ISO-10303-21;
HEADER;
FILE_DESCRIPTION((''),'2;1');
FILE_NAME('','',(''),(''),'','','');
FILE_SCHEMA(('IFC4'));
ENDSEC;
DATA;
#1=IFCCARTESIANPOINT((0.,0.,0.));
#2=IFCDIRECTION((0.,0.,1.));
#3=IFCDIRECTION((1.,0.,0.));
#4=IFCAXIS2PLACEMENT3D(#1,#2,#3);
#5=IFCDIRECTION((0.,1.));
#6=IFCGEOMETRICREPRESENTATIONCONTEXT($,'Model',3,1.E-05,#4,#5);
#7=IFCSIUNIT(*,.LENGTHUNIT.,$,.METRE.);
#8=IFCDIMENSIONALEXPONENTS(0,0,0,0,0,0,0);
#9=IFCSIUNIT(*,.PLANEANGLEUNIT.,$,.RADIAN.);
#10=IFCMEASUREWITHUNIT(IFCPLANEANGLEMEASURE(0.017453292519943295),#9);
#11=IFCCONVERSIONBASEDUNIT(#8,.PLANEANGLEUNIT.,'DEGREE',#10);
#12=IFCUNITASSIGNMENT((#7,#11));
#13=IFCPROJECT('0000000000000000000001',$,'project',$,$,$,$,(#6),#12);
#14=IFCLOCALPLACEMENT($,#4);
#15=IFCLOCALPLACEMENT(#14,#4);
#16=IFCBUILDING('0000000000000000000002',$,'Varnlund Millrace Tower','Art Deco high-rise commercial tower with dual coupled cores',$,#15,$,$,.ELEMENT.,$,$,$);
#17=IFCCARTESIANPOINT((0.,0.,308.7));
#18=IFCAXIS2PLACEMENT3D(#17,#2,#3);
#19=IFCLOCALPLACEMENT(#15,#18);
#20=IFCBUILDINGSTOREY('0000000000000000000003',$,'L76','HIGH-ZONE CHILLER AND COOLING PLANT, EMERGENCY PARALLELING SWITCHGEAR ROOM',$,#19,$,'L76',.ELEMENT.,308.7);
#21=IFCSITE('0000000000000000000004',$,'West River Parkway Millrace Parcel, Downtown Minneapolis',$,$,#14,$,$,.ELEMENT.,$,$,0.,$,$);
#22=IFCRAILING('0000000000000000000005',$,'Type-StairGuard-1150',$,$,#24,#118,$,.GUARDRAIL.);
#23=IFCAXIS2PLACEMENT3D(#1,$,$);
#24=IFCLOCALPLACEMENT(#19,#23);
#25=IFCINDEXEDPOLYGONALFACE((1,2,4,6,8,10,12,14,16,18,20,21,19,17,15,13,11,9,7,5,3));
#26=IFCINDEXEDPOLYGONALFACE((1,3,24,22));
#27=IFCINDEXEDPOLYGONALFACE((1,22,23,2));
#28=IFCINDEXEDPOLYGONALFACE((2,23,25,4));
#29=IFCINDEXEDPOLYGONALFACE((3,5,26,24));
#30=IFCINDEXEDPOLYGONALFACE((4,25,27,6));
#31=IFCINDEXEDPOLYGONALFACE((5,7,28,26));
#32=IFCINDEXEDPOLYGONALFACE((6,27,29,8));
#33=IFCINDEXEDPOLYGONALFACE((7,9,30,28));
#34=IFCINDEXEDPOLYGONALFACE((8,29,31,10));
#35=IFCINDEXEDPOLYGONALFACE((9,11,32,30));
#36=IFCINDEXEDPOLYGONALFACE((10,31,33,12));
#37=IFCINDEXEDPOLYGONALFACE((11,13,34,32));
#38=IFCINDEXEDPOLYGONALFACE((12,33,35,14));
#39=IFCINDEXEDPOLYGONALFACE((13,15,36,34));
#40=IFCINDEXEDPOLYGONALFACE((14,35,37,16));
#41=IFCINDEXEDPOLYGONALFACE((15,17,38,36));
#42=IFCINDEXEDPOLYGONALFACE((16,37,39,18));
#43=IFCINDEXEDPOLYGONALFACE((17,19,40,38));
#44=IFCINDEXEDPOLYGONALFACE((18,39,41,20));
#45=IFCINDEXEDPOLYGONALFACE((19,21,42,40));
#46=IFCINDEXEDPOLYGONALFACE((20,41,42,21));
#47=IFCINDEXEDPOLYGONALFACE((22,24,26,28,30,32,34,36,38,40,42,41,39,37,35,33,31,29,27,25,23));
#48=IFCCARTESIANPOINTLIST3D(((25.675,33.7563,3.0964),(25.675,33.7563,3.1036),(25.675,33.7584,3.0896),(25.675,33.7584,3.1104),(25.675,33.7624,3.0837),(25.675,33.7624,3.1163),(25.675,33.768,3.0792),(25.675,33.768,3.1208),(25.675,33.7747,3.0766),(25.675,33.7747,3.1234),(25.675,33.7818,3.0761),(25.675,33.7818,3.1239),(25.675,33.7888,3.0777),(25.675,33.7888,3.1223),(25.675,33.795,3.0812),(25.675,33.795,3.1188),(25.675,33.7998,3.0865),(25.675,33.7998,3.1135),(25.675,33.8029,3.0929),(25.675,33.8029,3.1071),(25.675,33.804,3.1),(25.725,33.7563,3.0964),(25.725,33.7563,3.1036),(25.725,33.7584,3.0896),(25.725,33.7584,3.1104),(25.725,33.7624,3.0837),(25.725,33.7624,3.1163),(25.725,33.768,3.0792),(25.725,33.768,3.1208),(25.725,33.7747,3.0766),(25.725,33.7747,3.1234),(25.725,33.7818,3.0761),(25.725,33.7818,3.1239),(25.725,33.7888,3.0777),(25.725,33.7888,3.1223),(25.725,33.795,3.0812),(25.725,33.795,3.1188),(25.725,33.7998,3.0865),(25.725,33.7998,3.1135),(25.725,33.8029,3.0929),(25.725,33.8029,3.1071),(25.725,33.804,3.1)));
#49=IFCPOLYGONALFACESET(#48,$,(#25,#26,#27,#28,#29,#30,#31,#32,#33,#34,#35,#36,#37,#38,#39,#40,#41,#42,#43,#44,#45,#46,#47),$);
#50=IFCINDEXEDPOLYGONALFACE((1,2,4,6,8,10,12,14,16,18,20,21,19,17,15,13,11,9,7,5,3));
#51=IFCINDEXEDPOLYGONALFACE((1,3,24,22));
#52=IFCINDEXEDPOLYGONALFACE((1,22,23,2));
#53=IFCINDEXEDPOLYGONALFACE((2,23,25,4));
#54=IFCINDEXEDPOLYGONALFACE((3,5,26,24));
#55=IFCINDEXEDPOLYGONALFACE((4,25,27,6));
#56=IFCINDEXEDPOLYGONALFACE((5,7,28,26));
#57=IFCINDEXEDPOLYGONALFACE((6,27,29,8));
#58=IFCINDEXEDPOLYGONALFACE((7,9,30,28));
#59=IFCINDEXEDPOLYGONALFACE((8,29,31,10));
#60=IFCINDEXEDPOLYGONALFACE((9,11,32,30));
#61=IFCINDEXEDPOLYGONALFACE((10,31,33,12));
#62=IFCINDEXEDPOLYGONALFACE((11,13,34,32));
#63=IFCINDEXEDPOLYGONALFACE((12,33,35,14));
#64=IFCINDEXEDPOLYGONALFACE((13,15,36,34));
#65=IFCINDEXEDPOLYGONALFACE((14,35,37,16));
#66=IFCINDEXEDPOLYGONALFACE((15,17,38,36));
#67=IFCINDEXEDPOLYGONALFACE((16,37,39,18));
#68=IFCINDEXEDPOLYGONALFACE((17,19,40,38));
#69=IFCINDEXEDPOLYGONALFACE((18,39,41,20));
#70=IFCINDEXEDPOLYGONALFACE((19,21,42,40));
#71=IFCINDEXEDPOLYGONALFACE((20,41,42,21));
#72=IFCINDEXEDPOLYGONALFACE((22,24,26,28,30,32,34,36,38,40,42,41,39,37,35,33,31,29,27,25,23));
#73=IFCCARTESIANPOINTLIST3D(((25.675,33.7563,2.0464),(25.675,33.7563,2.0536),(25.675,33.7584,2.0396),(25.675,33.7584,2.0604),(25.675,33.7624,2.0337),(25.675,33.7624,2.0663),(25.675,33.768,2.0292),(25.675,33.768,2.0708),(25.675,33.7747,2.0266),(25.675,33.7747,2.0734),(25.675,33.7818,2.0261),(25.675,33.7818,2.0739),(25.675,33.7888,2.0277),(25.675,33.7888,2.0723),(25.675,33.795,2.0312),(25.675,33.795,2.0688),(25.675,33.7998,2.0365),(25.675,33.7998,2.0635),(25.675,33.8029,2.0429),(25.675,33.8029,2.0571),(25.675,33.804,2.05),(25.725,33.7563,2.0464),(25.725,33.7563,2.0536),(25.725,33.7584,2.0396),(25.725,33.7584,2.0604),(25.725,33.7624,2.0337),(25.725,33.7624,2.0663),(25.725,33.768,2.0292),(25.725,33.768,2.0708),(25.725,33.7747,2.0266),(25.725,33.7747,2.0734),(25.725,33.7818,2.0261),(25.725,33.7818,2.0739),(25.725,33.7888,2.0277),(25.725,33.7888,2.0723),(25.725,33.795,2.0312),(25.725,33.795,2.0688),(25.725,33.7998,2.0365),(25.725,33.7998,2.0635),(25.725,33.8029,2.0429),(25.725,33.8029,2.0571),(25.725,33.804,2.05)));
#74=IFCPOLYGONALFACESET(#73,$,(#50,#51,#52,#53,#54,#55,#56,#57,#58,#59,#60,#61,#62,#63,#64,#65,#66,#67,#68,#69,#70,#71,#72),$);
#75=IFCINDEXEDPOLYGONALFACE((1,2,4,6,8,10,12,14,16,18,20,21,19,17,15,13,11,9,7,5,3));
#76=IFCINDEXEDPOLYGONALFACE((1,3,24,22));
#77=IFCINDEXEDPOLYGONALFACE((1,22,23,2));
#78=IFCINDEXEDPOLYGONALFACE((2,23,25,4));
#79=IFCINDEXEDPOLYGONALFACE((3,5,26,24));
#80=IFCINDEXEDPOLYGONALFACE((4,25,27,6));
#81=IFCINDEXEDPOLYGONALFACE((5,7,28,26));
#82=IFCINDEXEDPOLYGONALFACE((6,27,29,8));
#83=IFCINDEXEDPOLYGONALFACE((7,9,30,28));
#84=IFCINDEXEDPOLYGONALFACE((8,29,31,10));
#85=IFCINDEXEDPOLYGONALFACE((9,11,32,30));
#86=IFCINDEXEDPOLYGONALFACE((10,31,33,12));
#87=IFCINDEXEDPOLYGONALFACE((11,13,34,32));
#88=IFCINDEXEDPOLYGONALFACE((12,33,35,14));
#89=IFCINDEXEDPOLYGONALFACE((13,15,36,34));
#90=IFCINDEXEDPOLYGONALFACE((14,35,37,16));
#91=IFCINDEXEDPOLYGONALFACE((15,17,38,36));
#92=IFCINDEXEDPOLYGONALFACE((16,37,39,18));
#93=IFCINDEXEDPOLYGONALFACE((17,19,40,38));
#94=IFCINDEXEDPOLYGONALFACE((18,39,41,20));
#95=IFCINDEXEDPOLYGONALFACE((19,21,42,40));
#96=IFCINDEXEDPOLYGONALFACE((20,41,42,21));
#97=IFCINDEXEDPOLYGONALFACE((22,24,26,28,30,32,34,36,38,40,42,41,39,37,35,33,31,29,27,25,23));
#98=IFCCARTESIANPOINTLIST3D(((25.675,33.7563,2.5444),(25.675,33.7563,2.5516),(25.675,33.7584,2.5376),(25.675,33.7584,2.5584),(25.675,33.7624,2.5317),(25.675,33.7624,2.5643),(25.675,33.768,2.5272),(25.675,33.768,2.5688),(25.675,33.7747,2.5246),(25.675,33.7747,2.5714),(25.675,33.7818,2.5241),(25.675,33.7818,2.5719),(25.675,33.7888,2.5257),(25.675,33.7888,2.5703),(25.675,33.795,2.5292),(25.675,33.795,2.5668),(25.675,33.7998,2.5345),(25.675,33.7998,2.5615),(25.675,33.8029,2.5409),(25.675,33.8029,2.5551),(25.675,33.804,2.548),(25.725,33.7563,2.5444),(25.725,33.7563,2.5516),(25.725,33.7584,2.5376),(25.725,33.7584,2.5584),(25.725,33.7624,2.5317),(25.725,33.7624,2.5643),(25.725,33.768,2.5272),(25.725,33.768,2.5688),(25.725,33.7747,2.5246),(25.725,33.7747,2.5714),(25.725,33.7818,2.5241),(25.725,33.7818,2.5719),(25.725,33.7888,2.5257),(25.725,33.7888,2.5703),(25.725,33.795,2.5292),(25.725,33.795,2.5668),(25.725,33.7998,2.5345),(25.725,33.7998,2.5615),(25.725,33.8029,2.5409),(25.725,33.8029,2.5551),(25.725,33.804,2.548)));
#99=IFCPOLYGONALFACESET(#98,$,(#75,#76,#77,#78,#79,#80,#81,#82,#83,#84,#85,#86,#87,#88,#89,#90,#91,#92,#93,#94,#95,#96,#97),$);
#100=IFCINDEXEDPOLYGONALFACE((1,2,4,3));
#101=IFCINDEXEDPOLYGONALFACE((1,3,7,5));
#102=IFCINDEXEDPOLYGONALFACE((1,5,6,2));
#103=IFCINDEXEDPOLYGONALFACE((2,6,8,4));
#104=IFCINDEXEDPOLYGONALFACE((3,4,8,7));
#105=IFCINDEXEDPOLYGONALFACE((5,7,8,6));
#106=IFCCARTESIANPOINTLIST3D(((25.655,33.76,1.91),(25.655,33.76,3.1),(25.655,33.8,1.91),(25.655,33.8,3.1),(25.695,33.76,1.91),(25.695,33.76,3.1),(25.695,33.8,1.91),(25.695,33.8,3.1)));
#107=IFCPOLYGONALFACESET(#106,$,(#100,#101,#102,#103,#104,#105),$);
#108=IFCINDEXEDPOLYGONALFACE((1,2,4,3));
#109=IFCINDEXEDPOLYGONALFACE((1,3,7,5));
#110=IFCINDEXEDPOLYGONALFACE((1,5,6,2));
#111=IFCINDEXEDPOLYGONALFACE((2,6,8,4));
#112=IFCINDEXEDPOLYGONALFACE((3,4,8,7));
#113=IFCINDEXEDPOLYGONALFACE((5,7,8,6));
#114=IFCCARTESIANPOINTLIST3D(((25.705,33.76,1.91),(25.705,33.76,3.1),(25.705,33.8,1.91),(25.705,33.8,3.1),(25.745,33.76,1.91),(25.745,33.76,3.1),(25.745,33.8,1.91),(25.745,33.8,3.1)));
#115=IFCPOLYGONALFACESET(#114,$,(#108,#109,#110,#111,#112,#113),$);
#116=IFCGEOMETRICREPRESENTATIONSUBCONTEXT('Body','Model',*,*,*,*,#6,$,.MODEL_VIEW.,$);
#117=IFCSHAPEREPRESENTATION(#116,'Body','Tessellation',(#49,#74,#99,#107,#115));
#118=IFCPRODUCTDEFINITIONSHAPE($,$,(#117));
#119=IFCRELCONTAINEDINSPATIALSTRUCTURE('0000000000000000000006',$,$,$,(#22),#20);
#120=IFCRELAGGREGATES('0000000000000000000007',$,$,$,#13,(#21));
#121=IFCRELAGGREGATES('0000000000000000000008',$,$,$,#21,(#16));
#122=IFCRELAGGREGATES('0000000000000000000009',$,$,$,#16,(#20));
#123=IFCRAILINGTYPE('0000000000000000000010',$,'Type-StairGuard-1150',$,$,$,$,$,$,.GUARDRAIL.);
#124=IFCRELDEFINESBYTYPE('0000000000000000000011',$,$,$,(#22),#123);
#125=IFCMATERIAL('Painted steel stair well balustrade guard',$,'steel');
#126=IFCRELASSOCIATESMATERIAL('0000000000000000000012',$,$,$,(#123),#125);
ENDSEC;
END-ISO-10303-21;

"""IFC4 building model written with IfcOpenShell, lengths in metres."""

from ifc_helpers import new_model, entity, si_unit, converted_unit, direction, frame, origin_with_axes, origin_2d_with_axis, place, context, subcontext, project, spatial, rectangle, circle, extrude, material, type_object, element, save


model = new_model("IFC4")

# Units and contexts
model_context = context("Model", 3, precision=1e-05, world=origin_with_axes(), true_north=direction((0.0, 1.0)))
body_context = subcontext(model_context, "Body", "Model", "MODEL_VIEW")
ifc_project = project(units=[si_unit("LENGTHUNIT", "METRE"), converted_unit("PLANEANGLEUNIT", "DEGREE", entity("IfcPlaneAngleMeasure", 0.017453292519943295), si_unit("PLANEANGLEUNIT", "RADIAN"), dimensions=[0, 0, 0, 0, 0, 0, 0])], contexts=[model_context])

# Site, building, storey
site_placement = place(None, origin_with_axes())
site = spatial("IfcSite", under=ifc_project, at=site_placement, Name="West River Parkway Millrace Parcel, Downtown Minneapolis", CompositionType="ELEMENT", RefElevation=0.0)
building_placement = place(site_placement, origin_with_axes())
building = spatial("IfcBuilding", under=site, at=building_placement, Name="Varnlund Millrace Tower", Description="Art Deco high-rise commercial tower with dual coupled cores", CompositionType="ELEMENT")
storey_placement = place(building_placement, frame((0.0, 0.0, 308.7), z_axis=(0.0, 0.0, 1.0), x_axis=(1.0, 0.0, 0.0)))
storey = spatial("IfcBuildingStorey", under=building, at=storey_placement, Name="L76", Description="HIGH-ZONE CHILLER AND COOLING PLANT, EMERGENCY PARALLELING SWITCHGEAR ROOM", LongName="L76", CompositionType="ELEMENT", Elevation=308.7)

# Railing
ifc_material_1 = material(Name="Painted steel stair well balustrade guard", Category="steel")
railing_type_1 = type_object("IfcRailingType", Name="Type-StairGuard-1150", PredefinedType="GUARDRAIL", material=ifc_material_1)
railing_1_placement = place(storey_placement, frame((0.0, 0.0, -308.7), z_axis=(0.0, 0.0, 1.0), x_axis=(1.0, 0.0, 0.0)))
element("IfcRailing", 1, at=railing_1_placement, inside=storey, type_object=railing_type_1, Name="Type-StairGuard-1150", PredefinedType="GUARDRAIL", context=body_context, shape_type="SweptSolid", body=[
    extrude(circle(Radius=0.024, at=origin_2d_with_axis()), frame((25.675, 33.78, 311.8), z_axis=(1.0, 0.0, 0.0), x_axis=(0.0, 1.0, 0.0)), (0.0, 0.0, 1.0), 0.05),
    extrude(circle(Radius=0.024, at=origin_2d_with_axis()), frame((25.675, 33.78, 310.75), z_axis=(1.0, 0.0, 0.0), x_axis=(0.0, 1.0, 0.0)), (0.0, 0.0, 1.0), 0.05),
    extrude(circle(Radius=0.024, at=origin_2d_with_axis()), frame((25.675, 33.78, 311.248), z_axis=(1.0, 0.0, 0.0), x_axis=(0.0, 1.0, 0.0)), (0.0, 0.0, 1.0), 0.05),
    extrude(rectangle(XDim=0.04, YDim=0.04, at=origin_2d_with_axis()), frame((25.675, 33.78, 310.61), z_axis=(0.0, 0.0, 1.0), x_axis=(1.0, 0.0, 0.0)), (0.0, 0.0, 1.0), 1.19),
    extrude(rectangle(XDim=0.04, YDim=0.04, at=origin_2d_with_axis()), frame((25.725, 33.78, 310.61), z_axis=(0.0, 0.0, 1.0), x_axis=(1.0, 0.0, 0.0)), (0.0, 0.0, 1.0), 1.19),
])

save(model, "model.ifc")
